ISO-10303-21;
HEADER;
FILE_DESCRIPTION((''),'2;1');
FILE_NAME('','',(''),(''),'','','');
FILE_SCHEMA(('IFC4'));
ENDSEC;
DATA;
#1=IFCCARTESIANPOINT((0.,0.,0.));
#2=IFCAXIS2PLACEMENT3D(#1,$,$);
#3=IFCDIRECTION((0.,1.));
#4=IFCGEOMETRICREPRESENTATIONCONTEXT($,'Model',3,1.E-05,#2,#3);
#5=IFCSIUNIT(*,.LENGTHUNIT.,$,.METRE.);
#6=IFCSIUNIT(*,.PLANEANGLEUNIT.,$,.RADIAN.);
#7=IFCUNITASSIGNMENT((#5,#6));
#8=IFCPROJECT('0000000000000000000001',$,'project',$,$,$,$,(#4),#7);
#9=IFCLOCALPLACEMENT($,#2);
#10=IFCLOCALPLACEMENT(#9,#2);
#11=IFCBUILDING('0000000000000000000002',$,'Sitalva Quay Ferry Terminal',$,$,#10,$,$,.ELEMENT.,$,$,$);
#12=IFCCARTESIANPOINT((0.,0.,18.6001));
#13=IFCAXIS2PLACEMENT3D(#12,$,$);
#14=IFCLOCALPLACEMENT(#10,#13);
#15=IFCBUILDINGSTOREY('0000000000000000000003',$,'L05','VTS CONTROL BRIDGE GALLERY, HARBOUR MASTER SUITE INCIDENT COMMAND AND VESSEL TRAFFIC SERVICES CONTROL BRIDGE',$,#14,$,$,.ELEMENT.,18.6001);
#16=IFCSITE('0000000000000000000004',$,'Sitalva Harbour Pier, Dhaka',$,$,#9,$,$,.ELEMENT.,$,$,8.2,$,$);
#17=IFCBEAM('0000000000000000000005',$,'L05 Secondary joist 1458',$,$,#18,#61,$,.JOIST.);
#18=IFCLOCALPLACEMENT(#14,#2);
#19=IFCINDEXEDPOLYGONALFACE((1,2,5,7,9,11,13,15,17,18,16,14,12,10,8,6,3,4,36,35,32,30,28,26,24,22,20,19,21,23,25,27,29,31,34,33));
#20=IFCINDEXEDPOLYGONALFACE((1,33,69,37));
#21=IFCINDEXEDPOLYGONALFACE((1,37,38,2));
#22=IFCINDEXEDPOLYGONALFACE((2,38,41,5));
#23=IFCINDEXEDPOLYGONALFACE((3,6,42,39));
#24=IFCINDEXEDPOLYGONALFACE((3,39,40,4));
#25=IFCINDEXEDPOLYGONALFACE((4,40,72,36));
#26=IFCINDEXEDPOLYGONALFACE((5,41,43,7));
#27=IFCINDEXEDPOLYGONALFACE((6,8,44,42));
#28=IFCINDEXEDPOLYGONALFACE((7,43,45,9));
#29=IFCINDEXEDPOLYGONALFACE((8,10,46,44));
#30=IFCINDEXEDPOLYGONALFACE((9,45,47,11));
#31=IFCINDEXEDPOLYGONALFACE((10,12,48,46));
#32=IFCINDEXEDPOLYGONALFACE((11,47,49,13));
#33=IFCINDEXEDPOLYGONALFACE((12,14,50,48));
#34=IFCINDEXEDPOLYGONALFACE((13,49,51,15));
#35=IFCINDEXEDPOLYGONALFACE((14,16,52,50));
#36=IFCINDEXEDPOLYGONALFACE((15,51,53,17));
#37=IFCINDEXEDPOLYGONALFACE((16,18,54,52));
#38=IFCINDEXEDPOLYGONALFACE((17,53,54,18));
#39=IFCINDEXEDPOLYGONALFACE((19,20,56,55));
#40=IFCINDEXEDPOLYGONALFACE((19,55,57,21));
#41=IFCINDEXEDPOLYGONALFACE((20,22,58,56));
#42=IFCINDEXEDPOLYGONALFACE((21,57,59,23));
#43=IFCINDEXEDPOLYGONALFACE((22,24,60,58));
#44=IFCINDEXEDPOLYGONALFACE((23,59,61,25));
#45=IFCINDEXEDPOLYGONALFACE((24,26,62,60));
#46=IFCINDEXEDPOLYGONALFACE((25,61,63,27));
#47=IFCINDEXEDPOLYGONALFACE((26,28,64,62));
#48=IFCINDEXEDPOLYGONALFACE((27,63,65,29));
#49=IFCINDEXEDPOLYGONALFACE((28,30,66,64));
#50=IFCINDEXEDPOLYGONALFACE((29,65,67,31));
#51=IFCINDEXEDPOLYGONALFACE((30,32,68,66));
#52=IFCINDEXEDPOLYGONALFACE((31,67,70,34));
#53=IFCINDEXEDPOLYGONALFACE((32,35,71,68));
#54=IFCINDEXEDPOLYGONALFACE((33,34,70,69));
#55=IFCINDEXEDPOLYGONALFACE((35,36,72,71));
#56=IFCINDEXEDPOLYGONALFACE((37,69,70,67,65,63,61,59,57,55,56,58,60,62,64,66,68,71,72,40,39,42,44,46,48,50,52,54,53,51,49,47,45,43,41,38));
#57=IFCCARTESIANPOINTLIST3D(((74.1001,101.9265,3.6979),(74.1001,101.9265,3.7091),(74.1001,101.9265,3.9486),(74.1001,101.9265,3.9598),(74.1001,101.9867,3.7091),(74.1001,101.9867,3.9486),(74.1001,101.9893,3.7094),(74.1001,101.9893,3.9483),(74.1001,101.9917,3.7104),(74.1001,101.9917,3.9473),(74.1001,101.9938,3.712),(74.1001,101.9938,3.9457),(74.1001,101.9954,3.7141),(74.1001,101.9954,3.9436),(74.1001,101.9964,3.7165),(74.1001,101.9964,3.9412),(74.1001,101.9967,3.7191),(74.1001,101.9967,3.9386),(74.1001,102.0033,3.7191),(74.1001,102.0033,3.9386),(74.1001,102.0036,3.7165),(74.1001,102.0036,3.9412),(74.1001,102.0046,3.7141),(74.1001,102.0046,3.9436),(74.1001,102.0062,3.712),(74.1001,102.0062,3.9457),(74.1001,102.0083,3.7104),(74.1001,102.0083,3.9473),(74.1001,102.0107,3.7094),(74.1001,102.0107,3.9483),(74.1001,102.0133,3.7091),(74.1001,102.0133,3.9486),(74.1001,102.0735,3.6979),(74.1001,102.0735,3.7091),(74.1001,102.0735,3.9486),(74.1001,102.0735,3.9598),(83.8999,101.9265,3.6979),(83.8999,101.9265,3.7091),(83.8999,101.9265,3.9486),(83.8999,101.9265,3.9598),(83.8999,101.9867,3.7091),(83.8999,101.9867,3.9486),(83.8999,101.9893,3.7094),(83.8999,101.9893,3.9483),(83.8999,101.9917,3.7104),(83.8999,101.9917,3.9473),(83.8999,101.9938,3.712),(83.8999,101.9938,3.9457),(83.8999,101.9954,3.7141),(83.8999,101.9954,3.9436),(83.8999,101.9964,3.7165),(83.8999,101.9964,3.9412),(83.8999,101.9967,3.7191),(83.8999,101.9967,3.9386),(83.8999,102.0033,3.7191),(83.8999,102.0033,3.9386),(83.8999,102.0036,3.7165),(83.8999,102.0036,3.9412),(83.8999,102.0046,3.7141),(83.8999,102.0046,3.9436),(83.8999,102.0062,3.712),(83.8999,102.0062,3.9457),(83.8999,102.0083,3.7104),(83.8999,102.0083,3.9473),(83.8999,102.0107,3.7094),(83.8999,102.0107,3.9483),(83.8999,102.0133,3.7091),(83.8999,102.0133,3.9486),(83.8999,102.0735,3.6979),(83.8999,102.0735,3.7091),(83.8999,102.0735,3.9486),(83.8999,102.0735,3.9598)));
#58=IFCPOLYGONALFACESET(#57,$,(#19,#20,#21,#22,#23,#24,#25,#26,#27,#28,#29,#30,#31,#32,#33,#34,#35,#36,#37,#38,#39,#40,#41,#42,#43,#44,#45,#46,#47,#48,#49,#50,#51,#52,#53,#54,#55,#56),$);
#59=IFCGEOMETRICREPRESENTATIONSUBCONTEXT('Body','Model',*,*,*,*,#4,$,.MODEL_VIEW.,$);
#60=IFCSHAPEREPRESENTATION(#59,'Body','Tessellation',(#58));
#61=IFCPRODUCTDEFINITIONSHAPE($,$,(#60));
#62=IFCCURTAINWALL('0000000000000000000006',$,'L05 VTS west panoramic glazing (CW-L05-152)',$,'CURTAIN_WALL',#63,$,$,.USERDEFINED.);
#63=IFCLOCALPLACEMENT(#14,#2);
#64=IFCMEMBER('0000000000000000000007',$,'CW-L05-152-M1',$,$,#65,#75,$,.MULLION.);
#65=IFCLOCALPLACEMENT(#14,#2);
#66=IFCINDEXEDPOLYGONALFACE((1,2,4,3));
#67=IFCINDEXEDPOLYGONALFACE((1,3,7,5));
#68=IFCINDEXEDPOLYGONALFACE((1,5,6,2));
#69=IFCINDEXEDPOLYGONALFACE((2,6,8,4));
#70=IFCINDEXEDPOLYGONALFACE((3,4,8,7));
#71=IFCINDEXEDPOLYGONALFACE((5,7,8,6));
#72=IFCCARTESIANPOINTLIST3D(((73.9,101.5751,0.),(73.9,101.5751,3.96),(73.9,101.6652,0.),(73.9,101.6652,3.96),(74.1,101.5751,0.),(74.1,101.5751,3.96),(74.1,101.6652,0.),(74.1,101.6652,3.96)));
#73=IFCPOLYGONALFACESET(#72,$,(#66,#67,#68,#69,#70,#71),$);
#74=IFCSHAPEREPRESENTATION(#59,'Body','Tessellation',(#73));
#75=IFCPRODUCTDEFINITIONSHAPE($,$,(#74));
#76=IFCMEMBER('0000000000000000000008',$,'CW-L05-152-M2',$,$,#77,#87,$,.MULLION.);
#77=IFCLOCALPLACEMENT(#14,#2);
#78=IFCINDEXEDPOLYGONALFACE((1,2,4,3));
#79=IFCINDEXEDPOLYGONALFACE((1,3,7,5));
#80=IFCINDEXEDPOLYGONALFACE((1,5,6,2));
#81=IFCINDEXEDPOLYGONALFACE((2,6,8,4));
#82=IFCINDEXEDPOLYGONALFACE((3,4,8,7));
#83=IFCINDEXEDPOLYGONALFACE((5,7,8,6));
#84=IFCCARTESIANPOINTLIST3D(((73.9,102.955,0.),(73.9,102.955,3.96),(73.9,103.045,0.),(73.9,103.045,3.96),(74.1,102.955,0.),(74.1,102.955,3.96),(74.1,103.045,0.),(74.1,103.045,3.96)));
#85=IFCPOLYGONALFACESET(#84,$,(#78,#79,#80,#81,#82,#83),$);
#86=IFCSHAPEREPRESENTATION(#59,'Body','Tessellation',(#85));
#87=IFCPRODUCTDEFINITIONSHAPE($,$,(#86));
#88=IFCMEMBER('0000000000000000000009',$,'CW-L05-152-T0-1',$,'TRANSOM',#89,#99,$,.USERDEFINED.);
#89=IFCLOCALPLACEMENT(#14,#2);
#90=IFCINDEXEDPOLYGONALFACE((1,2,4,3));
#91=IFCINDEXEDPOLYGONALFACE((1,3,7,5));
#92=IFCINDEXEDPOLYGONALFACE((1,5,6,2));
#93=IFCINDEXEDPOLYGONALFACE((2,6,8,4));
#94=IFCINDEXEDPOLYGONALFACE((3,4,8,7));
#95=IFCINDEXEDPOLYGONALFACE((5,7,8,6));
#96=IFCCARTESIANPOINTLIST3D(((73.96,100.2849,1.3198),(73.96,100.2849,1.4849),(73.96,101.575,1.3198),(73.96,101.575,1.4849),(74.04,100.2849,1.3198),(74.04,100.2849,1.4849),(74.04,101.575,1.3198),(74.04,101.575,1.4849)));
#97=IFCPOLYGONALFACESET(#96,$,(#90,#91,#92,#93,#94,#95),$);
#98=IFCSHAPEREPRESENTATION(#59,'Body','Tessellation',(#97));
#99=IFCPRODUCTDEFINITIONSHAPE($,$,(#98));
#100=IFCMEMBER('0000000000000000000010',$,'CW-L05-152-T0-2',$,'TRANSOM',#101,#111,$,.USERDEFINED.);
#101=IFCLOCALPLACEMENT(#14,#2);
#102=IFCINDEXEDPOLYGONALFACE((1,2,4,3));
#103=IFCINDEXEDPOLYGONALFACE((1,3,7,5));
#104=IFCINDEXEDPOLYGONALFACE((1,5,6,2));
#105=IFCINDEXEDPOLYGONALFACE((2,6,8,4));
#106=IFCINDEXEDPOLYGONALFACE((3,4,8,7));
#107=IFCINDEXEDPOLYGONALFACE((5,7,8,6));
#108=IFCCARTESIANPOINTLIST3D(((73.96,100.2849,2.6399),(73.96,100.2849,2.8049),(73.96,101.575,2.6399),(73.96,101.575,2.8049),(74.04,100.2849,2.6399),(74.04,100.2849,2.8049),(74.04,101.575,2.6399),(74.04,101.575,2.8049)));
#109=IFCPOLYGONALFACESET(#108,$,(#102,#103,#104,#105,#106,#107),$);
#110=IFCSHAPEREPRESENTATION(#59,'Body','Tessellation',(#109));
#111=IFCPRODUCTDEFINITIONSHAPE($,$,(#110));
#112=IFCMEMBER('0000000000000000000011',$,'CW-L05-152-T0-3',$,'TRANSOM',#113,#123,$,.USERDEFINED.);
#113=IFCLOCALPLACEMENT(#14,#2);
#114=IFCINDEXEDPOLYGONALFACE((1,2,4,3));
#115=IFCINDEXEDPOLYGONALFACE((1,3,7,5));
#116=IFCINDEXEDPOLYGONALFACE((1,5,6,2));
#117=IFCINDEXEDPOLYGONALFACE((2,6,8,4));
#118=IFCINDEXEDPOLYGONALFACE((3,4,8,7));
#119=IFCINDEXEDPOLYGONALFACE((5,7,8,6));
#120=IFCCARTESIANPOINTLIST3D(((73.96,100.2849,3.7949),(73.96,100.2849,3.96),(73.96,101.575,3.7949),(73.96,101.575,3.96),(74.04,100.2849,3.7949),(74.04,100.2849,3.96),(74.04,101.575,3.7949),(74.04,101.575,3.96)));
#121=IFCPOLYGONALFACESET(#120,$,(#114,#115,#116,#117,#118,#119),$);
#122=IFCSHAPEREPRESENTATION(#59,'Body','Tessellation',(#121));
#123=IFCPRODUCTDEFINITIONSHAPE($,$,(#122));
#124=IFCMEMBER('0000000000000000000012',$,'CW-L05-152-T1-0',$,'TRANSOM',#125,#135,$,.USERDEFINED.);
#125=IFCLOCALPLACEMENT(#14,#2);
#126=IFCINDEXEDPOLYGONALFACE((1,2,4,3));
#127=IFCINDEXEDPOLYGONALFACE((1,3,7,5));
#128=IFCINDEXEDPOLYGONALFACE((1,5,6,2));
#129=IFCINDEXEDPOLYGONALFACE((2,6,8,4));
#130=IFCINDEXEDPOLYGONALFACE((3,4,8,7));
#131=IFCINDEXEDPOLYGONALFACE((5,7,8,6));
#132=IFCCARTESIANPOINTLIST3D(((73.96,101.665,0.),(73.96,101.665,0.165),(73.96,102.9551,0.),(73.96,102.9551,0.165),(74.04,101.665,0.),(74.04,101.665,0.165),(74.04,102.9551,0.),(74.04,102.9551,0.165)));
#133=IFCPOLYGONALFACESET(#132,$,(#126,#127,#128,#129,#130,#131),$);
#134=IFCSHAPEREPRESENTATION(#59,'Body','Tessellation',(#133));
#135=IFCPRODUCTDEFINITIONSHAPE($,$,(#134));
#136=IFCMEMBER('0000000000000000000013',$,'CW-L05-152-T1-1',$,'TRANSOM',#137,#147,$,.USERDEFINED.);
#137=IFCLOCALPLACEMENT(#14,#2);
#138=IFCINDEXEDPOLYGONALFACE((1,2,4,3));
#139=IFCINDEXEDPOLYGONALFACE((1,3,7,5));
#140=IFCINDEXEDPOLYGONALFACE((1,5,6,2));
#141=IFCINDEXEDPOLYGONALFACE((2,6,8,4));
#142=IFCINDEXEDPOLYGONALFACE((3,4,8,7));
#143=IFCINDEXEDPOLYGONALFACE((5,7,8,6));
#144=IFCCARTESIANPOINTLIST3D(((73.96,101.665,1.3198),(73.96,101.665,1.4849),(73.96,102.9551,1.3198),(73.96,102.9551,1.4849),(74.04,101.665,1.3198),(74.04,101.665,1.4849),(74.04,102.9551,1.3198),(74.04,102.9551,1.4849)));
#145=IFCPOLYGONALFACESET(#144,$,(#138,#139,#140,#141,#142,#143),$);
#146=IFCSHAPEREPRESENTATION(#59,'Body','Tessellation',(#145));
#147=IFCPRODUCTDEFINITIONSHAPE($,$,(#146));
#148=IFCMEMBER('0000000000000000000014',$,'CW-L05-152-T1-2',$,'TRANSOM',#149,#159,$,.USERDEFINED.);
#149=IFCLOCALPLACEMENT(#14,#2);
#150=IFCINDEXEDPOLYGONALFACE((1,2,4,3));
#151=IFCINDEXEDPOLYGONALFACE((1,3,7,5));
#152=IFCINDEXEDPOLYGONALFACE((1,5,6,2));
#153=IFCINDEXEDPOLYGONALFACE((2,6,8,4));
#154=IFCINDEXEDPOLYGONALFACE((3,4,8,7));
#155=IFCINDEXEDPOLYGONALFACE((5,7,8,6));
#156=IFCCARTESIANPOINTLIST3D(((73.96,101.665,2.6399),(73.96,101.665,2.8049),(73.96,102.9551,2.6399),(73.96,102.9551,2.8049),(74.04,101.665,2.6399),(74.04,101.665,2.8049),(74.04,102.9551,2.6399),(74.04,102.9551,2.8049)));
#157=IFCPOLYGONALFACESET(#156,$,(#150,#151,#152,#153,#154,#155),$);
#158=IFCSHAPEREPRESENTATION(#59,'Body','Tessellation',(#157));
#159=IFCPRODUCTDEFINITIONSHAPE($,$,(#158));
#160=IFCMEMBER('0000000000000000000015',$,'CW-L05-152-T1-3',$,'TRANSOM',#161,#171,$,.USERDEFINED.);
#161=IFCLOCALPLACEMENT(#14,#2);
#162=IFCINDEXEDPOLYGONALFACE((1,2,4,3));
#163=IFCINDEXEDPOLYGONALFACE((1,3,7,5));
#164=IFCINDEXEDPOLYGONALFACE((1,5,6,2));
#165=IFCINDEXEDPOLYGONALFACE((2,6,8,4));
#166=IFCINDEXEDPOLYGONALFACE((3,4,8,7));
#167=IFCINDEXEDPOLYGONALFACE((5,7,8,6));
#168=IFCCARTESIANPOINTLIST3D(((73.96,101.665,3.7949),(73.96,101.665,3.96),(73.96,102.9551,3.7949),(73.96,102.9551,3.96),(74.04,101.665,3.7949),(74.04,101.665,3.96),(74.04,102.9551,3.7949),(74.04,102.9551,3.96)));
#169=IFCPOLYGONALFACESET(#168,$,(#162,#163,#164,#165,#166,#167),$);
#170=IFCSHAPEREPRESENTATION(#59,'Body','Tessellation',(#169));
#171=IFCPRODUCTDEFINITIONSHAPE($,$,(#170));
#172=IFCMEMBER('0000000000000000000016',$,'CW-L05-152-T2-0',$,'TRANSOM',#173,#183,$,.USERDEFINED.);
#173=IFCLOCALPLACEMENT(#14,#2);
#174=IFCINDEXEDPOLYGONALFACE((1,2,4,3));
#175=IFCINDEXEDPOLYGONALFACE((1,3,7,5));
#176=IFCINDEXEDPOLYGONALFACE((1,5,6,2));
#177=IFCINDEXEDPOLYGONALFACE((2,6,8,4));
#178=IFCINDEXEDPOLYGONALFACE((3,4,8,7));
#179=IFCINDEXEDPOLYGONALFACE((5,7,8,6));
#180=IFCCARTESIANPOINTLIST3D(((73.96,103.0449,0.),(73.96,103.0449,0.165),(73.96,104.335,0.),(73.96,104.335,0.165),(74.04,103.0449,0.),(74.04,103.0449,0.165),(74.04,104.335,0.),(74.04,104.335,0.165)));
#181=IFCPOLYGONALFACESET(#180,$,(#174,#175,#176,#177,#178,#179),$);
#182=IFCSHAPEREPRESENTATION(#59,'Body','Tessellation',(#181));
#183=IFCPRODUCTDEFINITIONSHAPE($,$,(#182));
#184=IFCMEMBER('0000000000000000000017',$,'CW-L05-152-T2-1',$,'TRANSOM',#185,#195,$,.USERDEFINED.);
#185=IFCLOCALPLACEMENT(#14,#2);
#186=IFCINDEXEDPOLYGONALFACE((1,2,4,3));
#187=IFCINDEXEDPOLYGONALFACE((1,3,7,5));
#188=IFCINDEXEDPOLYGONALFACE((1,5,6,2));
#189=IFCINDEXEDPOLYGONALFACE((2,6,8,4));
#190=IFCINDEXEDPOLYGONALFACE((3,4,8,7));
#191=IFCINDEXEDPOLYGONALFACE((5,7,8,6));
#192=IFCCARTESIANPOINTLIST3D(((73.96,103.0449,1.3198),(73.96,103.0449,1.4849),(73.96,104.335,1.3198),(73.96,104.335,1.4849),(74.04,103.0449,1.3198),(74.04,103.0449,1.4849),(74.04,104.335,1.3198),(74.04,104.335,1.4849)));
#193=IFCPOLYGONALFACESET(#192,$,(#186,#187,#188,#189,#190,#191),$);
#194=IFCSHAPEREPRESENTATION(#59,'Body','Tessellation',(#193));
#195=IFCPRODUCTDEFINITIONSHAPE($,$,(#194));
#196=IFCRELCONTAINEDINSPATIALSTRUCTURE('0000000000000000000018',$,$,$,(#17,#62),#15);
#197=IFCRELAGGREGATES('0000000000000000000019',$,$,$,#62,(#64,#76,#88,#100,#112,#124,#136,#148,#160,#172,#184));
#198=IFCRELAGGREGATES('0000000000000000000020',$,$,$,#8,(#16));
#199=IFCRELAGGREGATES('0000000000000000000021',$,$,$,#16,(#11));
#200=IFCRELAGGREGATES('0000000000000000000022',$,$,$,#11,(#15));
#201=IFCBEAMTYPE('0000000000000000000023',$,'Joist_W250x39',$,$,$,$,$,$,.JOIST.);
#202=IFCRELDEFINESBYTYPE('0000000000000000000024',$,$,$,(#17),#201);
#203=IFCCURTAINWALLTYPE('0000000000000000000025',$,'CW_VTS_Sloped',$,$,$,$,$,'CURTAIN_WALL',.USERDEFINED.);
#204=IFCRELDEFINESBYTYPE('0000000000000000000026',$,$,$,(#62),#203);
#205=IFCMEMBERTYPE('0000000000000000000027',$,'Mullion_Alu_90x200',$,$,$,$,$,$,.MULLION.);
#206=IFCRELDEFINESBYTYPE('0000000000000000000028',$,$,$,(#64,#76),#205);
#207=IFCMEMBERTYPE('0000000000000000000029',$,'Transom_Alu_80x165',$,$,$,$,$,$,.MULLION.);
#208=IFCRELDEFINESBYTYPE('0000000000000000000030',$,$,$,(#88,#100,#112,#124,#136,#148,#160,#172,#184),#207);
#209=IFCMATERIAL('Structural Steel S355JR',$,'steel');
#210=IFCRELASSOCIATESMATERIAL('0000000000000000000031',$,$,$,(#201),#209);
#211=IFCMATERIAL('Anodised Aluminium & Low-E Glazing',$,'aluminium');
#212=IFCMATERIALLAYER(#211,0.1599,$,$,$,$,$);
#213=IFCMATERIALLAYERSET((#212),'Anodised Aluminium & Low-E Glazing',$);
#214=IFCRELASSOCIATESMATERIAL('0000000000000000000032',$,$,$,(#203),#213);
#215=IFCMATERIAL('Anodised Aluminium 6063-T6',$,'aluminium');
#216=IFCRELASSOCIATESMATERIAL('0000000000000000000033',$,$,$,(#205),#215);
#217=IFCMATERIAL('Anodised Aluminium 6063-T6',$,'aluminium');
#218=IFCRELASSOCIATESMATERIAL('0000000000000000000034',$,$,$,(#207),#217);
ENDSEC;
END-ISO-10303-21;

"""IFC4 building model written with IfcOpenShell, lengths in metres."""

from ifc_helpers import new_model, si_unit, direction, frame, origin, origin_2d, place, context, subcontext, project, spatial, rectangle, i_section, extrude, material, layer, layer_set, material_profile, profile_set, type_object, element, aggregate, save


model = new_model("IFC4")

# Units and contexts
model_context = context("Model", 3, precision=1e-05, world=origin(), true_north=direction((0.0, 1.0)))
body_context = subcontext(model_context, "Body", "Model", "MODEL_VIEW")
ifc_project = project(units=[si_unit("LENGTHUNIT", "METRE"), si_unit("PLANEANGLEUNIT", "RADIAN")], contexts=[model_context])

# Site, building, storey
site_placement = place(None, origin())
site = spatial("IfcSite", under=ifc_project, at=site_placement, Name="Sitalva Harbour Pier, Dhaka", CompositionType="ELEMENT", RefElevation=8.2)
building_placement = place(site_placement, origin())
building = spatial("IfcBuilding", under=site, at=building_placement, Name="Sitalva Quay Ferry Terminal", CompositionType="ELEMENT")
storey_placement = place(building_placement, frame((0.0, 0.0, 18.6001)))
storey = spatial("IfcBuildingStorey", under=building, at=storey_placement, Name="L05", Description="VTS CONTROL BRIDGE GALLERY, HARBOUR MASTER SUITE INCIDENT COMMAND AND VESSEL TRAFFIC SERVICES CONTROL BRIDGE", CompositionType="ELEMENT", Elevation=18.6001)

# Beam
ifc_material_1 = material(Name="Structural Steel S355JR", Category="steel")
ifc_material_profile_1 = material_profile(ifc_material_1, i_section(OverallWidth=0.147, OverallDepth=0.262, WebThickness=0.0066, FlangeThickness=0.0112, FilletRadius=0.01, at=origin_2d()), Name="W250x39")
ifc_profile_set_1 = profile_set([ifc_material_profile_1], Name="Structural Steel S355JR")
beam_type = type_object("IfcBeamType", Name="Joist_W250x39", PredefinedType="JOIST", material=ifc_profile_set_1)
beam_placement = place(storey_placement, frame((74.1001, 102.0, 3.8289), z_axis=(1.0, 0.0, 0.0), x_axis=(0.0, 1.0, 0.0)))
element("IfcBeam", 1, at=beam_placement, inside=storey, type_object=beam_type, Name="L05 Secondary joist 1458", PredefinedType="JOIST", context=body_context, shape_type="SweptSolid", body=[
    extrude(i_section(OverallWidth=0.147, OverallDepth=0.262, WebThickness=0.0066, FlangeThickness=0.0112, FilletRadius=0.01, at=origin_2d()), origin(), (0.0, 0.0, 1.0), 9.7998),
])

# Curtain wall, members
ifc_material_2 = material(Name="Anodised Aluminium & Low-E Glazing", Category="aluminium")
ifc_layer_1 = layer(ifc_material_2, 0.1599)
ifc_layer_set_1 = layer_set([ifc_layer_1], Name="Anodised Aluminium & Low-E Glazing")
curtain_wall_type = type_object("IfcCurtainWallType", Name="CW_VTS_Sloped", ElementType="CURTAIN_WALL", PredefinedType="USERDEFINED", material=ifc_layer_set_1)
curtain_wall_placement = place(storey_placement, origin())
curtain_wall = element("IfcCurtainWall", 2, at=curtain_wall_placement, inside=storey, type_object=curtain_wall_type, Name="L05 VTS west panoramic glazing (CW-L05-152)", ObjectType="CURTAIN_WALL", PredefinedType="USERDEFINED")
ifc_material_3 = material(Name="Anodised Aluminium 6063-T6", Category="aluminium")
ifc_material_profile_2 = material_profile(ifc_material_3, rectangle(XDim=0.0901, YDim=0.2, at=origin_2d()), Name="ALU90x200")
ifc_profile_set_2 = profile_set([ifc_material_profile_2], Name="Anodised Aluminium 6063-T6")
member_type_1 = type_object("IfcMemberType", Name="Mullion_Alu_90x200", PredefinedType="MULLION", material=ifc_profile_set_2)
member_1_placement = place(storey_placement, frame((74.0, 101.6201, 0.0), z_axis=(0.0, 0.0, 1.0), x_axis=(0.0, 1.0, 0.0)))
member_1 = element("IfcMember", 3, at=member_1_placement, type_object=member_type_1, Name="CW-L05-152-M1", PredefinedType="MULLION", context=body_context, shape_type="SweptSolid", body=[
    extrude(rectangle(XDim=0.0901, YDim=0.2, at=origin_2d()), origin(), (0.0, 0.0, 1.0), 3.96),
])
member_2_placement = place(storey_placement, frame((74.0, 103.0, 0.0), z_axis=(0.0, 0.0, 1.0), x_axis=(0.0, 1.0, 0.0)))
member_2 = element("IfcMember", 4, at=member_2_placement, type_object=member_type_1, Name="CW-L05-152-M2", PredefinedType="MULLION", context=body_context, shape_type="SweptSolid", body=[
    extrude(rectangle(XDim=0.0901, YDim=0.2, at=origin_2d()), origin(), (0.0, 0.0, 1.0), 3.96),
])
ifc_material_4 = material(Name="Anodised Aluminium 6063-T6", Category="aluminium")
ifc_material_profile_3 = material_profile(ifc_material_4, rectangle(XDim=0.0801, YDim=0.165, at=origin_2d()), Name="ALU80x165")
ifc_profile_set_3 = profile_set([ifc_material_profile_3], Name="Anodised Aluminium 6063-T6")
member_type_2 = type_object("IfcMemberType", Name="Transom_Alu_80x165", PredefinedType="MULLION", material=ifc_profile_set_3)
member_3_placement = place(storey_placement, frame((74.0, 100.2849, 1.4023), z_axis=(0.0, 1.0, 0.0), x_axis=(-1.0, 0.0, 0.0)))
member_3 = element("IfcMember", 5, at=member_3_placement, type_object=member_type_2, Name="CW-L05-152-T0-1", ObjectType="TRANSOM", PredefinedType="USERDEFINED", context=body_context, shape_type="SweptSolid", body=[
    extrude(rectangle(XDim=0.0801, YDim=0.165, at=origin_2d()), origin(), (0.0, 0.0, 1.0), 1.29),
])
member_4_placement = place(storey_placement, frame((74.0, 100.2849, 2.7224), z_axis=(0.0, 1.0, 0.0), x_axis=(-1.0, 0.0, 0.0)))
member_4 = element("IfcMember", 6, at=member_4_placement, type_object=member_type_2, Name="CW-L05-152-T0-2", ObjectType="TRANSOM", PredefinedType="USERDEFINED", context=body_context, shape_type="SweptSolid", body=[
    extrude(rectangle(XDim=0.0801, YDim=0.165, at=origin_2d()), origin(), (0.0, 0.0, 1.0), 1.29),
])
member_5_placement = place(storey_placement, frame((74.0, 100.2849, 3.8774), z_axis=(0.0, 1.0, 0.0), x_axis=(-1.0, 0.0, 0.0)))
member_5 = element("IfcMember", 7, at=member_5_placement, type_object=member_type_2, Name="CW-L05-152-T0-3", ObjectType="TRANSOM", PredefinedType="USERDEFINED", context=body_context, shape_type="SweptSolid", body=[
    extrude(rectangle(XDim=0.0801, YDim=0.165, at=origin_2d()), origin(), (0.0, 0.0, 1.0), 1.29),
])
member_6_placement = place(storey_placement, frame((74.0, 101.665, 0.0825), z_axis=(0.0, 1.0, 0.0), x_axis=(-1.0, 0.0, 0.0)))
member_6 = element("IfcMember", 8, at=member_6_placement, type_object=member_type_2, Name="CW-L05-152-T1-0", ObjectType="TRANSOM", PredefinedType="USERDEFINED", context=body_context, shape_type="SweptSolid", body=[
    extrude(rectangle(XDim=0.0801, YDim=0.165, at=origin_2d()), origin(), (0.0, 0.0, 1.0), 1.29),
])
member_7_placement = place(storey_placement, frame((74.0, 101.665, 1.4023), z_axis=(0.0, 1.0, 0.0), x_axis=(-1.0, 0.0, 0.0)))
member_7 = element("IfcMember", 9, at=member_7_placement, type_object=member_type_2, Name="CW-L05-152-T1-1", ObjectType="TRANSOM", PredefinedType="USERDEFINED", context=body_context, shape_type="SweptSolid", body=[
    extrude(rectangle(XDim=0.0801, YDim=0.165, at=origin_2d()), origin(), (0.0, 0.0, 1.0), 1.29),
])
member_8_placement = place(storey_placement, frame((74.0, 101.665, 2.7224), z_axis=(0.0, 1.0, 0.0), x_axis=(-1.0, 0.0, 0.0)))
member_8 = element("IfcMember", 10, at=member_8_placement, type_object=member_type_2, Name="CW-L05-152-T1-2", ObjectType="TRANSOM", PredefinedType="USERDEFINED", context=body_context, shape_type="SweptSolid", body=[
    extrude(rectangle(XDim=0.0801, YDim=0.165, at=origin_2d()), origin(), (0.0, 0.0, 1.0), 1.29),
])
member_9_placement = place(storey_placement, frame((74.0, 101.665, 3.8774), z_axis=(0.0, 1.0, 0.0), x_axis=(-1.0, 0.0, 0.0)))
member_9 = element("IfcMember", 11, at=member_9_placement, type_object=member_type_2, Name="CW-L05-152-T1-3", ObjectType="TRANSOM", PredefinedType="USERDEFINED", context=body_context, shape_type="SweptSolid", body=[
    extrude(rectangle(XDim=0.0801, YDim=0.165, at=origin_2d()), origin(), (0.0, 0.0, 1.0), 1.29),
])
member_10_placement = place(storey_placement, frame((74.0, 103.0449, 0.0825), z_axis=(0.0, 1.0, 0.0), x_axis=(-1.0, 0.0, 0.0)))
member_10 = element("IfcMember", 12, at=member_10_placement, type_object=member_type_2, Name="CW-L05-152-T2-0", ObjectType="TRANSOM", PredefinedType="USERDEFINED", context=body_context, shape_type="SweptSolid", body=[
    extrude(rectangle(XDim=0.0801, YDim=0.165, at=origin_2d()), origin(), (0.0, 0.0, 1.0), 1.29),
])
member_11_placement = place(storey_placement, frame((74.0, 103.0449, 1.4023), z_axis=(0.0, 1.0, 0.0), x_axis=(-1.0, 0.0, 0.0)))
member_11 = element("IfcMember", 13, at=member_11_placement, type_object=member_type_2, Name="CW-L05-152-T2-1", ObjectType="TRANSOM", PredefinedType="USERDEFINED", context=body_context, shape_type="SweptSolid", body=[
    extrude(rectangle(XDim=0.0801, YDim=0.165, at=origin_2d()), origin(), (0.0, 0.0, 1.0), 1.29),
])
aggregate(curtain_wall, [member_1, member_2, member_3, member_4, member_5, member_6, member_7, member_8, member_9, member_10, member_11])

save(model, "model.ifc")
